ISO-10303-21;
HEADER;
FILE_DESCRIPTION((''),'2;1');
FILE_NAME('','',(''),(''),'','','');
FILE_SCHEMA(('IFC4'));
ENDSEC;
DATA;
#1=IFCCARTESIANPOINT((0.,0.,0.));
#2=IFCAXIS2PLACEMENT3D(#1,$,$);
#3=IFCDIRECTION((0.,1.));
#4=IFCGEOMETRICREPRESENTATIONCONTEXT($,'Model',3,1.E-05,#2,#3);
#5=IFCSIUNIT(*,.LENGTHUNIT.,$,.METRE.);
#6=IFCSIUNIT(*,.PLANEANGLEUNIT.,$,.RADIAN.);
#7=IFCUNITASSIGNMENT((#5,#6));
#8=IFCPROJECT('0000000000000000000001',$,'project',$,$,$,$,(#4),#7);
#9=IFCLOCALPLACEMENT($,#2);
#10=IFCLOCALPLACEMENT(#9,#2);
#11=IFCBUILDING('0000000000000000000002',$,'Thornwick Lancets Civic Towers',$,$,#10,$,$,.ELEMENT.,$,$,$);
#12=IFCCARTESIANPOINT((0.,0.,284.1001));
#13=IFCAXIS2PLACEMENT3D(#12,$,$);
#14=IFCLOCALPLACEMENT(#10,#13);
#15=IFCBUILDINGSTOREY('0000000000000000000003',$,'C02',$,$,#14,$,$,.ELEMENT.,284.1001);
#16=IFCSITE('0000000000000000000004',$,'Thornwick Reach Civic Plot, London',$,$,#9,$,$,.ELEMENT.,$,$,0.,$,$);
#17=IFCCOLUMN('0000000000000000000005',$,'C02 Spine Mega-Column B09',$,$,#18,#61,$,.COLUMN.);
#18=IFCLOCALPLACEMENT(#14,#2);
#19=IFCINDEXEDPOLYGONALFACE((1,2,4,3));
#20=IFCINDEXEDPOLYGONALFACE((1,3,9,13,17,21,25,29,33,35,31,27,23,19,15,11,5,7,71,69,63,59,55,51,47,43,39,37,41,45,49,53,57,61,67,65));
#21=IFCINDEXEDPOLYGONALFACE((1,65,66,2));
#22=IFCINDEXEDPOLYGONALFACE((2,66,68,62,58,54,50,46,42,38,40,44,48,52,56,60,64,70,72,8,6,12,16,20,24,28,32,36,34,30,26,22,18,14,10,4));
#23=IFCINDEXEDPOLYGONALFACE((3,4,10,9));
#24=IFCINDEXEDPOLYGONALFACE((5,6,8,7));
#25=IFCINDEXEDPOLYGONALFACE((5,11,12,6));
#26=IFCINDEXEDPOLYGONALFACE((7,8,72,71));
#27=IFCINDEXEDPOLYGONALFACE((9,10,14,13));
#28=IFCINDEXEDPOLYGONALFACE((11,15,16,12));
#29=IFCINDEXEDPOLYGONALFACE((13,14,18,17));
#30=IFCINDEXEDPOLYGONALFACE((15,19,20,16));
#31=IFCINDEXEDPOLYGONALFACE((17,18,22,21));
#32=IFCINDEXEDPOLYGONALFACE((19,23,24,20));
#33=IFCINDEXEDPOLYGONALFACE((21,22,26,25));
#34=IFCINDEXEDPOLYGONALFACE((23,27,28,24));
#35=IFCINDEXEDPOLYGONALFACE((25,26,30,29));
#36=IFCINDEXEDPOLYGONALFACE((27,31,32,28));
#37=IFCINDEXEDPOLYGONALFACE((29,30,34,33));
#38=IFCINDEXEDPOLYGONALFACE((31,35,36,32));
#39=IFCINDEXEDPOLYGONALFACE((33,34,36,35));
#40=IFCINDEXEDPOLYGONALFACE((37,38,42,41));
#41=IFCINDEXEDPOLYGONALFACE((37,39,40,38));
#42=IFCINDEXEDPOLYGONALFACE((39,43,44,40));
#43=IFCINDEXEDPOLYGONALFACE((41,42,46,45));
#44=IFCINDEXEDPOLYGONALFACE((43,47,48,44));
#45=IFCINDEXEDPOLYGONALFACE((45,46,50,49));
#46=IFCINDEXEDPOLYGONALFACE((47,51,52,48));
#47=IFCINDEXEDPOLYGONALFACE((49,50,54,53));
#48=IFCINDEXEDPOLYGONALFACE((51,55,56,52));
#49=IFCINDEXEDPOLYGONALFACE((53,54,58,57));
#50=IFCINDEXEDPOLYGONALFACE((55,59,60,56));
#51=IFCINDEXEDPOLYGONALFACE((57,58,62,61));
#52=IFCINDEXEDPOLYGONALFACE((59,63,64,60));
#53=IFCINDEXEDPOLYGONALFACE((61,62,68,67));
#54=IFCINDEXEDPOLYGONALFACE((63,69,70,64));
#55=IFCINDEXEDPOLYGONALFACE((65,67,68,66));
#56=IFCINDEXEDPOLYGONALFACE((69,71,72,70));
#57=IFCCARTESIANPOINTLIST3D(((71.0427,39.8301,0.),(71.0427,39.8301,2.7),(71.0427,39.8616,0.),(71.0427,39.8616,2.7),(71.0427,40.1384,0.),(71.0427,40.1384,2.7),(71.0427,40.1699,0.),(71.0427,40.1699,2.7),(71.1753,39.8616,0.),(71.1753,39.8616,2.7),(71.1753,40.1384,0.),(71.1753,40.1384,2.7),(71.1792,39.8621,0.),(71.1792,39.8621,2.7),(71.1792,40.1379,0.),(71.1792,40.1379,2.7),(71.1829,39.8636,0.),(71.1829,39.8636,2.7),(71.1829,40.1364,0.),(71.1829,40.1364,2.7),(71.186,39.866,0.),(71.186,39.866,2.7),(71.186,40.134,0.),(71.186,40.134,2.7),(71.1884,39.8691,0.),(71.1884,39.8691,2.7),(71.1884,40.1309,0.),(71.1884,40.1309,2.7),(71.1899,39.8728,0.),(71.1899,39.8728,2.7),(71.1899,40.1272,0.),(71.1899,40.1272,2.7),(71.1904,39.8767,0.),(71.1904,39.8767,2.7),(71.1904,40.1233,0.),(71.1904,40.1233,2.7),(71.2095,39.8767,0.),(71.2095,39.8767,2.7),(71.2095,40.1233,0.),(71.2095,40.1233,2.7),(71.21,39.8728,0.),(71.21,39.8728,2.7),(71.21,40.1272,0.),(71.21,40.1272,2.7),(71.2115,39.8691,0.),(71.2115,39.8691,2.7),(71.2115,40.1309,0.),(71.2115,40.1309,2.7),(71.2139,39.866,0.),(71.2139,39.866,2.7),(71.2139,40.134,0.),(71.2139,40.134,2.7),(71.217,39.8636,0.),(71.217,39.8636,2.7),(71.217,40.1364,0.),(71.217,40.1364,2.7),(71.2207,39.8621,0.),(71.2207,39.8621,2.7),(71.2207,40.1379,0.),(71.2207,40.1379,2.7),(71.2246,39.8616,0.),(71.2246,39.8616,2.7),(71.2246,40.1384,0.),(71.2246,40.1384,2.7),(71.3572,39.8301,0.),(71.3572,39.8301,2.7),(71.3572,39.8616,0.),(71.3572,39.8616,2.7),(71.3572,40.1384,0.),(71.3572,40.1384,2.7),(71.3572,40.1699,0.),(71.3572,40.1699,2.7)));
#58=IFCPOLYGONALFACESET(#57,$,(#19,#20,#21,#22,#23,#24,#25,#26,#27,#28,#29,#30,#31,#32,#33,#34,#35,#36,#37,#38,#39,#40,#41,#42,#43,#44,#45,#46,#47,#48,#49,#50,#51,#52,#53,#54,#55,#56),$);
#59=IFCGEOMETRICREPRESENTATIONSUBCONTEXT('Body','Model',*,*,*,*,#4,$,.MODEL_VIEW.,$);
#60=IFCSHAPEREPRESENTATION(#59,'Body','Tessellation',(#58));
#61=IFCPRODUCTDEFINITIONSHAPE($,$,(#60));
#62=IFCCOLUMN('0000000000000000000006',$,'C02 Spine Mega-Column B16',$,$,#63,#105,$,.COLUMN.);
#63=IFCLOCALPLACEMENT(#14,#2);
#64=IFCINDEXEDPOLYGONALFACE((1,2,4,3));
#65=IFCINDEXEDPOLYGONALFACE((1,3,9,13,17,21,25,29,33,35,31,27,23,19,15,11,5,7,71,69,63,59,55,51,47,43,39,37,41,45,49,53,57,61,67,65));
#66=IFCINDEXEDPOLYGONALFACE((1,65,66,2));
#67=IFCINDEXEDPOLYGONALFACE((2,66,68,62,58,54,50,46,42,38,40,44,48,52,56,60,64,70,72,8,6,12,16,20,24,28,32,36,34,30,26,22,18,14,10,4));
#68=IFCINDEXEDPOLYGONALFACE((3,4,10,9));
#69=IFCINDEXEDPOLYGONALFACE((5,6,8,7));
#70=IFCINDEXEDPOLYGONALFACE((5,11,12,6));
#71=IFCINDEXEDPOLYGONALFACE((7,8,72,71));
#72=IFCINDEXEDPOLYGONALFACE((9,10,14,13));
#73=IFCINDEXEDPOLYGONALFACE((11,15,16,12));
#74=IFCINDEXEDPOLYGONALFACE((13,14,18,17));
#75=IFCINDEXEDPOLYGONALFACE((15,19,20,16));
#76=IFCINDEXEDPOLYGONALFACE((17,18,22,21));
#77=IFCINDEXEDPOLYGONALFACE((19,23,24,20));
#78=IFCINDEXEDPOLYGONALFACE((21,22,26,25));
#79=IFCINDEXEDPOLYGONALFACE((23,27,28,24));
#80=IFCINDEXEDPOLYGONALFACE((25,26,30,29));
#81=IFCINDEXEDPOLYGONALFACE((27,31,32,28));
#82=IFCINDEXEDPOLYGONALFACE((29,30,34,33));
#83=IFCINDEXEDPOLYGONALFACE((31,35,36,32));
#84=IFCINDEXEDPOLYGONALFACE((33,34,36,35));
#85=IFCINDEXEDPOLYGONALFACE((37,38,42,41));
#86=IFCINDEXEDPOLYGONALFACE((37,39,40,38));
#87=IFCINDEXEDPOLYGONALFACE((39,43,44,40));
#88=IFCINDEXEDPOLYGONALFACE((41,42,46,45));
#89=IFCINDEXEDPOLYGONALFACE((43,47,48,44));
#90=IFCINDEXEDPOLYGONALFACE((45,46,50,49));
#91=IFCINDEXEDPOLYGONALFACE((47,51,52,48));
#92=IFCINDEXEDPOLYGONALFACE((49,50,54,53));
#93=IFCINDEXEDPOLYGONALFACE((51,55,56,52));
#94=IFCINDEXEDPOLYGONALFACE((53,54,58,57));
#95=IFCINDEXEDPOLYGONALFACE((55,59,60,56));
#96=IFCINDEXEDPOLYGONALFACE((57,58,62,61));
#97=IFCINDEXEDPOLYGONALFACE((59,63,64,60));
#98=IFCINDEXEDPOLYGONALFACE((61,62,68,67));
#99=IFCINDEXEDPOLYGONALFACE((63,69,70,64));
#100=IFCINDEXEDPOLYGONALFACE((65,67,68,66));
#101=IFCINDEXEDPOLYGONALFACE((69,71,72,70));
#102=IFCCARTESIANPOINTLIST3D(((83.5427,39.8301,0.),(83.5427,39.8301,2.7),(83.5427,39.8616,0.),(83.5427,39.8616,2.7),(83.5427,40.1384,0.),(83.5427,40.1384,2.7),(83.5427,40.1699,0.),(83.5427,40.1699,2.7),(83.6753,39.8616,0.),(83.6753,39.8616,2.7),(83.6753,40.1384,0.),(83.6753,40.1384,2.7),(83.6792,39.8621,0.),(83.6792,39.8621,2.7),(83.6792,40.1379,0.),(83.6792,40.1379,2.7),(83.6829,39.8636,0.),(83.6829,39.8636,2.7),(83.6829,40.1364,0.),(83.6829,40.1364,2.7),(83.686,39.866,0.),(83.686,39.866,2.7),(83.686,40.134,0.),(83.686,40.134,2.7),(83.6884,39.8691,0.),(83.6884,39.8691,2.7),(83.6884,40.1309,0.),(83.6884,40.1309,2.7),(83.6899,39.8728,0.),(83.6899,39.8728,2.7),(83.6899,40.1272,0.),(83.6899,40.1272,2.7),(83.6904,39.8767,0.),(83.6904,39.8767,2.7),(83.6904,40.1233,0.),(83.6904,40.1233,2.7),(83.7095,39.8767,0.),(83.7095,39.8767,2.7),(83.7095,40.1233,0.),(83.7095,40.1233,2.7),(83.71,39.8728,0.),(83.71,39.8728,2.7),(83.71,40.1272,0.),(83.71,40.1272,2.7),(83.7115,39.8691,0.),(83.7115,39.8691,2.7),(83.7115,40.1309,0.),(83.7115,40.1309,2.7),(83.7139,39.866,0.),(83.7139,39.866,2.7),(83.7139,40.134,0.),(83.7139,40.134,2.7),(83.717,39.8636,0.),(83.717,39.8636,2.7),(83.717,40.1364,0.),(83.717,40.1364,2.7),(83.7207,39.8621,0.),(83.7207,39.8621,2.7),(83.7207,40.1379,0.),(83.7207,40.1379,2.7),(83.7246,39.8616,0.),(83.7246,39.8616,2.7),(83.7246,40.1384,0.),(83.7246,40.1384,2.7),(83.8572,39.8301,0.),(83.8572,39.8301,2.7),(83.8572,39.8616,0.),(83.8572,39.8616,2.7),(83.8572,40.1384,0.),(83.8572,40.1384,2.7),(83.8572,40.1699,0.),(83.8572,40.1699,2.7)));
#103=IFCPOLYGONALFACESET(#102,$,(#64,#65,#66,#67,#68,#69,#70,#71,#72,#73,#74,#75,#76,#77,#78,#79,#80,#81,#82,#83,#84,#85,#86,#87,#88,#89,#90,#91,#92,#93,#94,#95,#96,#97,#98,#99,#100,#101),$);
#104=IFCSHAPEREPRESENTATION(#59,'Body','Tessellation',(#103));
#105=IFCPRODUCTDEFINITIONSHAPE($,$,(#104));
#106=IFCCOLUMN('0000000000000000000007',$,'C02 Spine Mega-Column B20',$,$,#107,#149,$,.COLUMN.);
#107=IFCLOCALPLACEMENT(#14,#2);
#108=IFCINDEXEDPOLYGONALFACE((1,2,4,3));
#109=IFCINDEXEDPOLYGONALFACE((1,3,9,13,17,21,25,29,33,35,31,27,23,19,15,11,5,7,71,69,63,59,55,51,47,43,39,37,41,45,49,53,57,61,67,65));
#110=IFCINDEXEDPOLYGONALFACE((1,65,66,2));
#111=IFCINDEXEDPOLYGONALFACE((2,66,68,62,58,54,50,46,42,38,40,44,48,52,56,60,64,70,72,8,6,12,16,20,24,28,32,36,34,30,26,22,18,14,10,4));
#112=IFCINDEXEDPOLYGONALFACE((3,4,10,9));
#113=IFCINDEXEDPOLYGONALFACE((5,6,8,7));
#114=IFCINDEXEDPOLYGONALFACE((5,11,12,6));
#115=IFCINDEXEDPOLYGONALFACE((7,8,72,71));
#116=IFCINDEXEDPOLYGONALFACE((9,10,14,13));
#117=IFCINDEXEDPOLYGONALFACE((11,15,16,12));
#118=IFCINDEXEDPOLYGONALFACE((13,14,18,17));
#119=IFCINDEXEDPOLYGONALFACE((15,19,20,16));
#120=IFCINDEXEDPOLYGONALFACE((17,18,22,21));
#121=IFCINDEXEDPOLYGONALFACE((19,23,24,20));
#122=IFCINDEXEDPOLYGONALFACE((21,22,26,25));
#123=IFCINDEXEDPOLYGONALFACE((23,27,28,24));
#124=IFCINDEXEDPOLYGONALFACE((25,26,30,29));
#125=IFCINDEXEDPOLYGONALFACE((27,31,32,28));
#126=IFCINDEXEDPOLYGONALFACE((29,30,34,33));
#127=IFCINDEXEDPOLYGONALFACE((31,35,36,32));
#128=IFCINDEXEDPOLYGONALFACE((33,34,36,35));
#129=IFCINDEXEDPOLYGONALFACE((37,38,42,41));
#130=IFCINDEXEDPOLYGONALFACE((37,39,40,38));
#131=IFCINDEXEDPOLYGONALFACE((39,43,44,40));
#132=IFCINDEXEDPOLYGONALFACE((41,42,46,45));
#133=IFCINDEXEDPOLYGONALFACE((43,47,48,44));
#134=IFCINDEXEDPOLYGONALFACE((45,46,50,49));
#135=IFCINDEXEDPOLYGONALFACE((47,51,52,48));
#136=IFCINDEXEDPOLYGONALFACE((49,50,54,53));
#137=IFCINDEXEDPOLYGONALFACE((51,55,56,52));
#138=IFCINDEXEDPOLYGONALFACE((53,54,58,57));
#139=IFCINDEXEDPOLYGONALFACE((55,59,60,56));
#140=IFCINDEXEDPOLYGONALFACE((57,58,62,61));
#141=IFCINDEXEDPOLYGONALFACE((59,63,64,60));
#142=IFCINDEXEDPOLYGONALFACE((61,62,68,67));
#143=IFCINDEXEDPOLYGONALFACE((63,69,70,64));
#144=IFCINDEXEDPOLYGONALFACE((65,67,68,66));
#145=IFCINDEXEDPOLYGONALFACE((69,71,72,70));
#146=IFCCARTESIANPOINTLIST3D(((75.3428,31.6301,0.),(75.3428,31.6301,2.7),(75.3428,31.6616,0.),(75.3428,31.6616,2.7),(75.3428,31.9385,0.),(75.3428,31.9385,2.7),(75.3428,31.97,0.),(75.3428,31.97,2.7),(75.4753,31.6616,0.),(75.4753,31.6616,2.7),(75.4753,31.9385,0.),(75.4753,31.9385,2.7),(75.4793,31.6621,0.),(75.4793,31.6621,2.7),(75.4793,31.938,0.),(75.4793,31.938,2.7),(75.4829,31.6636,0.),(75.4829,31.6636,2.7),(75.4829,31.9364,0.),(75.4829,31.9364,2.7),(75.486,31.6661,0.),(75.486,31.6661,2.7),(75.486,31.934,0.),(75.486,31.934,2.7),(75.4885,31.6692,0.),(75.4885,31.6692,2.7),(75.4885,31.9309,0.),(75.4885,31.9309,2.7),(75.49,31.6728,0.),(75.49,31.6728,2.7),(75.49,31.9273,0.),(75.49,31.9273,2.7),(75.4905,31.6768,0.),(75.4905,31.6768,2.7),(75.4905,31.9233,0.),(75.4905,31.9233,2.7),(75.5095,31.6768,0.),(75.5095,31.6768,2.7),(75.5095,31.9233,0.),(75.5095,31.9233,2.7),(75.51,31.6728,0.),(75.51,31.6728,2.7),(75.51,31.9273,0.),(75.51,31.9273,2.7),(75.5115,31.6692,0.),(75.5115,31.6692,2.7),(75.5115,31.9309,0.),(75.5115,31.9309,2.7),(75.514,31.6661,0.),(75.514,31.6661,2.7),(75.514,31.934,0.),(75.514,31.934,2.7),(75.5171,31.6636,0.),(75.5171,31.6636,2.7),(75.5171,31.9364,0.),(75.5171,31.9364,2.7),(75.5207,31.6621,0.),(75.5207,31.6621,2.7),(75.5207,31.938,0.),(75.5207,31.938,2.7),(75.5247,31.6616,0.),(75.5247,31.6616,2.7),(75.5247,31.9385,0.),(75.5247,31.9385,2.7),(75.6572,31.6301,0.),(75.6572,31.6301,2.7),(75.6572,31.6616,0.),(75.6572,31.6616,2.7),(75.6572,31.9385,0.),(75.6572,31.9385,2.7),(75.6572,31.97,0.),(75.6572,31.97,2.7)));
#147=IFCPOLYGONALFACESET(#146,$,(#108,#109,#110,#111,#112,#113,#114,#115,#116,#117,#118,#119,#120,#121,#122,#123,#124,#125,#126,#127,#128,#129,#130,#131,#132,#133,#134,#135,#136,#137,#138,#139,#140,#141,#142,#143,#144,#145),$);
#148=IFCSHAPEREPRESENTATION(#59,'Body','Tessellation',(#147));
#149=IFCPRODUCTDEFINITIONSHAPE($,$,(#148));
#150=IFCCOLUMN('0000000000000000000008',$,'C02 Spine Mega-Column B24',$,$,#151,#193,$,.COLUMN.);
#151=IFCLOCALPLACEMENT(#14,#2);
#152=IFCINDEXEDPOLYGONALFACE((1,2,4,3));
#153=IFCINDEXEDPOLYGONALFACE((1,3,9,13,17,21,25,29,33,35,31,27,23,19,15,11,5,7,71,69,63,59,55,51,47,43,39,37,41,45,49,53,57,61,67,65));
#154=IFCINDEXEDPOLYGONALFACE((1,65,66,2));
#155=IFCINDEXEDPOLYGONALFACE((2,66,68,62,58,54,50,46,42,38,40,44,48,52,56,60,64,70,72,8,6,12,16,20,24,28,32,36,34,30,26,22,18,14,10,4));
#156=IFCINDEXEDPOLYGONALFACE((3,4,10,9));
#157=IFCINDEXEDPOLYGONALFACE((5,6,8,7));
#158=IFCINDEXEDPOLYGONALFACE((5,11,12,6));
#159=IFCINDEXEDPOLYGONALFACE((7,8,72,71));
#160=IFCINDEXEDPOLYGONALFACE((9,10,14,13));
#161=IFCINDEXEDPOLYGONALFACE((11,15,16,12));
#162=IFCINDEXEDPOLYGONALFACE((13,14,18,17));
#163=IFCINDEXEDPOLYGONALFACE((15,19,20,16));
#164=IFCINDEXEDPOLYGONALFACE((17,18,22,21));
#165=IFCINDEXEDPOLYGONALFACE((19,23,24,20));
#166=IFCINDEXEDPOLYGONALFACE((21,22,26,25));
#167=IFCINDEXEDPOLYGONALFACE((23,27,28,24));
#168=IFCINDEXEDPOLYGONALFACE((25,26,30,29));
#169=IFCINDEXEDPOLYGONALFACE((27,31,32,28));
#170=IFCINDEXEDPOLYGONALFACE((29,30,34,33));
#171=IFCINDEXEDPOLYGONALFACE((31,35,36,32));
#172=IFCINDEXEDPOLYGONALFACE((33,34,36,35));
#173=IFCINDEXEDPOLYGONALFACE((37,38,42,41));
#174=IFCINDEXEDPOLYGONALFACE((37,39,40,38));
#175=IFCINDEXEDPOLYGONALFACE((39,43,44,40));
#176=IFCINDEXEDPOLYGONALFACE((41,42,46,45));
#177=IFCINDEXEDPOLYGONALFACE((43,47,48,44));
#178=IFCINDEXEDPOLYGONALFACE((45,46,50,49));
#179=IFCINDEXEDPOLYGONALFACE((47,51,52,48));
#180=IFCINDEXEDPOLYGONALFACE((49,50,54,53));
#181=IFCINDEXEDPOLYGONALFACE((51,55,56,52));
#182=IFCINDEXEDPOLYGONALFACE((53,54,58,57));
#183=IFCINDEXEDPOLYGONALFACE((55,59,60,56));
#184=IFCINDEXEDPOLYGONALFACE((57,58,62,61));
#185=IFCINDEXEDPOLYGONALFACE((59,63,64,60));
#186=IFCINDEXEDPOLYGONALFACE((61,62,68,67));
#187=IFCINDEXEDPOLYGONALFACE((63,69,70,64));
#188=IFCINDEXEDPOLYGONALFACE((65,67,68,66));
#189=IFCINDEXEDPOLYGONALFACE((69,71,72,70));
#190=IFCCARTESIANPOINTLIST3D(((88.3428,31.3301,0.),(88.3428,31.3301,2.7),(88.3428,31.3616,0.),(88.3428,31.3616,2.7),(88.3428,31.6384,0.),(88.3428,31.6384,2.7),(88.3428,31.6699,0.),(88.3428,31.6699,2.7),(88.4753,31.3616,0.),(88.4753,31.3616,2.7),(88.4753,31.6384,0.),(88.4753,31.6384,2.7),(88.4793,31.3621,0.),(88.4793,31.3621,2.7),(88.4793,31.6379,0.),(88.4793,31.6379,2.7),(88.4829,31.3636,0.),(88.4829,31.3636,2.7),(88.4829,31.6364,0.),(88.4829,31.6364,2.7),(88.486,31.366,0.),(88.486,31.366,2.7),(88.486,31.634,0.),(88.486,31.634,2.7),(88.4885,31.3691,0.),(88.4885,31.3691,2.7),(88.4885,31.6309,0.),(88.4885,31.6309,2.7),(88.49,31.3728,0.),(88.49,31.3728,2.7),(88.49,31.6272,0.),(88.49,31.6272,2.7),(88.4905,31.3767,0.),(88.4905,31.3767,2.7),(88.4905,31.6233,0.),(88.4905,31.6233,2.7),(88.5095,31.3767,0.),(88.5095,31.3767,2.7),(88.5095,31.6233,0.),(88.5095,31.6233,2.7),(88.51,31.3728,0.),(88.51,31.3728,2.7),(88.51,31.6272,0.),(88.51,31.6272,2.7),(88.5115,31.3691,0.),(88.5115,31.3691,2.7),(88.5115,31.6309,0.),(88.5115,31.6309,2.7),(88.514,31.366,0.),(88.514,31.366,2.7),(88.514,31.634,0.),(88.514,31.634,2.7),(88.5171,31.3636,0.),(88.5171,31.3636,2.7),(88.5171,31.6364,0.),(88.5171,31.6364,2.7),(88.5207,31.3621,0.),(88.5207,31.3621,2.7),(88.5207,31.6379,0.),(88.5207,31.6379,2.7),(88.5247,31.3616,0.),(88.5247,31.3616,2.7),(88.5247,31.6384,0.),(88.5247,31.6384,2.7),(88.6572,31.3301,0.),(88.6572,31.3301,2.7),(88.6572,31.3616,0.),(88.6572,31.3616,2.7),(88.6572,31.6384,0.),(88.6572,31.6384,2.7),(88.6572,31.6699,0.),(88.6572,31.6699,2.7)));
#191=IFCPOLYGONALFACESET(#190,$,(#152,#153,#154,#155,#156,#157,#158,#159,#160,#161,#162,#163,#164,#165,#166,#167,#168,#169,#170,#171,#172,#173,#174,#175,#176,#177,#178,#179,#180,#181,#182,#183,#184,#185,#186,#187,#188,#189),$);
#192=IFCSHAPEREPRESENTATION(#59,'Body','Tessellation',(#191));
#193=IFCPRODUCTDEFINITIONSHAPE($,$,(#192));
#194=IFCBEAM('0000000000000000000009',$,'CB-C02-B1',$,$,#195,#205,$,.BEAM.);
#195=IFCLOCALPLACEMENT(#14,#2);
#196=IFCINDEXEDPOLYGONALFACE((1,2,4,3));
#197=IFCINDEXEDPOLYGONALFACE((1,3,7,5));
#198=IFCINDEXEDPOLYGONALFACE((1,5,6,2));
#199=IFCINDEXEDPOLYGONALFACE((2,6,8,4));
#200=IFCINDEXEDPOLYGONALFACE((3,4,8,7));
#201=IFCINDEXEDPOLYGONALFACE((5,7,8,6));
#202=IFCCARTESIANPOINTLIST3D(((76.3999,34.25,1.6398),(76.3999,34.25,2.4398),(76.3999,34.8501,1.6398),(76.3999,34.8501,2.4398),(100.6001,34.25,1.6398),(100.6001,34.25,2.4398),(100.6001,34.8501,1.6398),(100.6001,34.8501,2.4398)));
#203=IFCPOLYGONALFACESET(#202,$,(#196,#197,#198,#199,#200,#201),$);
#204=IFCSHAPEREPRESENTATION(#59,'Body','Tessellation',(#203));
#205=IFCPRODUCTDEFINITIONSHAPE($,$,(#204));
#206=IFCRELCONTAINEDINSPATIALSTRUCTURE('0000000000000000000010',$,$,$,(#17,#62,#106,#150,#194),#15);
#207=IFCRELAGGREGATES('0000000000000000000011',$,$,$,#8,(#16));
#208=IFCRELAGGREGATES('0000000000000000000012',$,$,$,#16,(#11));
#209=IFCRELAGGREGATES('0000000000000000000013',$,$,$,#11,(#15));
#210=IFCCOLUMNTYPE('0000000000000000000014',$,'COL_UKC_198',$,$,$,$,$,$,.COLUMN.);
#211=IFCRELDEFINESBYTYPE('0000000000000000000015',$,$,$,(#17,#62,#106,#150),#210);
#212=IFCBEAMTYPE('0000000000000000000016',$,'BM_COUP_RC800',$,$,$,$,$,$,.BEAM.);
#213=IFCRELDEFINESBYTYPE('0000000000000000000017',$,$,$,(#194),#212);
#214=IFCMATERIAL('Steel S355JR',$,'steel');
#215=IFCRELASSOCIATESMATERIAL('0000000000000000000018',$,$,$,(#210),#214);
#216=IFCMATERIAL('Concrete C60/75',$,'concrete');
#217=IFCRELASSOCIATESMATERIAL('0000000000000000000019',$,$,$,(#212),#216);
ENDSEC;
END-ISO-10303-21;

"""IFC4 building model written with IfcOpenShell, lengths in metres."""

from ifc_helpers import new_model, si_unit, direction, frame, origin, origin_2d, place, context, subcontext, project, spatial, rectangle, i_section, extrude, material, material_profile, profile_set, type_object, element, save


model = new_model("IFC4")

# Units and contexts
model_context = context("Model", 3, precision=1e-05, world=origin(), true_north=direction((0.0, 1.0)))
body_context = subcontext(model_context, "Body", "Model", "MODEL_VIEW")
ifc_project = project(units=[si_unit("LENGTHUNIT", "METRE"), si_unit("PLANEANGLEUNIT", "RADIAN")], contexts=[model_context])

# Site, building, storey
site_placement = place(None, origin())
site = spatial("IfcSite", under=ifc_project, at=site_placement, Name="Thornwick Reach Civic Plot, London", CompositionType="ELEMENT", RefElevation=0.0)
building_placement = place(site_placement, origin())
building = spatial("IfcBuilding", under=site, at=building_placement, Name="Thornwick Lancets Civic Towers", CompositionType="ELEMENT")
storey_placement = place(building_placement, frame((0.0, 0.0, 284.1001)))
storey = spatial("IfcBuildingStorey", under=building, at=storey_placement, Name="C02", CompositionType="ELEMENT", Elevation=284.1001)

# Columns
ifc_material_1 = material(Name="Steel S355JR", Category="steel")
ifc_material_profile_1 = material_profile(ifc_material_1, i_section(OverallWidth=0.3145, OverallDepth=0.3398, WebThickness=0.019, FlangeThickness=0.0315, FilletRadius=0.0151, at=origin_2d()), Name="UKC 305x305x198")
ifc_profile_set_1 = profile_set([ifc_material_profile_1], Name="Steel S355JR")
column_type_1 = type_object("IfcColumnType", Name="COL_UKC_198", PredefinedType="COLUMN", material=ifc_profile_set_1)
for number, where, z_axis, x_axis, name in (
    (1, (71.2, 40.0, 0.0), (0.0, 0.0, 1.0), (1.0, 0.0, 0.0), "C02 Spine Mega-Column B09"),
    (2, (83.7, 40.0, 0.0), (0.0, 0.0, 1.0), (1.0, 0.0, 0.0), "C02 Spine Mega-Column B16"),
    (3, (75.5, 31.8, 0.0), (0.0, 0.0, 1.0), (1.0, 0.0, 0.0), "C02 Spine Mega-Column B20"),
    (4, (88.5, 31.5, 0.0), (0.0, 0.0, 1.0), (1.0, 0.0, 0.0), "C02 Spine Mega-Column B24"),
):
    element("IfcColumn", number, at=place(storey_placement, frame(where, z_axis=z_axis, x_axis=x_axis)), inside=storey, type_object=column_type_1, Name=name, PredefinedType="COLUMN", context=body_context, shape_type="SweptSolid", body=[
        extrude(i_section(OverallWidth=0.3145, OverallDepth=0.3398, WebThickness=0.019, FlangeThickness=0.0315, FilletRadius=0.0151, at=origin_2d()), origin(), (0.0, 0.0, 1.0), 2.7),
    ])

# Beam
ifc_material_2 = material(Name="Concrete C60/75", Category="concrete")
ifc_material_profile_2 = material_profile(ifc_material_2, rectangle(XDim=0.6001, YDim=0.8, at=origin_2d()), Name="RC 600x800")
ifc_profile_set_2 = profile_set([ifc_material_profile_2], Name="Concrete C60/75")
beam_type_1 = type_object("IfcBeamType", Name="BM_COUP_RC800", PredefinedType="BEAM", material=ifc_profile_set_2)
beam_1_placement = place(storey_placement, frame((76.3999, 34.55, 2.0398), z_axis=(1.0, 0.0, 0.0), x_axis=(0.0, 1.0, 0.0)))
element("IfcBeam", 5, at=beam_1_placement, inside=storey, type_object=beam_type_1, Name="CB-C02-B1", PredefinedType="BEAM", context=body_context, shape_type="SweptSolid", body=[
    extrude(rectangle(XDim=0.6001, YDim=0.8, at=origin_2d()), origin(), (0.0, 0.0, 1.0), 24.2002),
])

save(model, "model.ifc")
